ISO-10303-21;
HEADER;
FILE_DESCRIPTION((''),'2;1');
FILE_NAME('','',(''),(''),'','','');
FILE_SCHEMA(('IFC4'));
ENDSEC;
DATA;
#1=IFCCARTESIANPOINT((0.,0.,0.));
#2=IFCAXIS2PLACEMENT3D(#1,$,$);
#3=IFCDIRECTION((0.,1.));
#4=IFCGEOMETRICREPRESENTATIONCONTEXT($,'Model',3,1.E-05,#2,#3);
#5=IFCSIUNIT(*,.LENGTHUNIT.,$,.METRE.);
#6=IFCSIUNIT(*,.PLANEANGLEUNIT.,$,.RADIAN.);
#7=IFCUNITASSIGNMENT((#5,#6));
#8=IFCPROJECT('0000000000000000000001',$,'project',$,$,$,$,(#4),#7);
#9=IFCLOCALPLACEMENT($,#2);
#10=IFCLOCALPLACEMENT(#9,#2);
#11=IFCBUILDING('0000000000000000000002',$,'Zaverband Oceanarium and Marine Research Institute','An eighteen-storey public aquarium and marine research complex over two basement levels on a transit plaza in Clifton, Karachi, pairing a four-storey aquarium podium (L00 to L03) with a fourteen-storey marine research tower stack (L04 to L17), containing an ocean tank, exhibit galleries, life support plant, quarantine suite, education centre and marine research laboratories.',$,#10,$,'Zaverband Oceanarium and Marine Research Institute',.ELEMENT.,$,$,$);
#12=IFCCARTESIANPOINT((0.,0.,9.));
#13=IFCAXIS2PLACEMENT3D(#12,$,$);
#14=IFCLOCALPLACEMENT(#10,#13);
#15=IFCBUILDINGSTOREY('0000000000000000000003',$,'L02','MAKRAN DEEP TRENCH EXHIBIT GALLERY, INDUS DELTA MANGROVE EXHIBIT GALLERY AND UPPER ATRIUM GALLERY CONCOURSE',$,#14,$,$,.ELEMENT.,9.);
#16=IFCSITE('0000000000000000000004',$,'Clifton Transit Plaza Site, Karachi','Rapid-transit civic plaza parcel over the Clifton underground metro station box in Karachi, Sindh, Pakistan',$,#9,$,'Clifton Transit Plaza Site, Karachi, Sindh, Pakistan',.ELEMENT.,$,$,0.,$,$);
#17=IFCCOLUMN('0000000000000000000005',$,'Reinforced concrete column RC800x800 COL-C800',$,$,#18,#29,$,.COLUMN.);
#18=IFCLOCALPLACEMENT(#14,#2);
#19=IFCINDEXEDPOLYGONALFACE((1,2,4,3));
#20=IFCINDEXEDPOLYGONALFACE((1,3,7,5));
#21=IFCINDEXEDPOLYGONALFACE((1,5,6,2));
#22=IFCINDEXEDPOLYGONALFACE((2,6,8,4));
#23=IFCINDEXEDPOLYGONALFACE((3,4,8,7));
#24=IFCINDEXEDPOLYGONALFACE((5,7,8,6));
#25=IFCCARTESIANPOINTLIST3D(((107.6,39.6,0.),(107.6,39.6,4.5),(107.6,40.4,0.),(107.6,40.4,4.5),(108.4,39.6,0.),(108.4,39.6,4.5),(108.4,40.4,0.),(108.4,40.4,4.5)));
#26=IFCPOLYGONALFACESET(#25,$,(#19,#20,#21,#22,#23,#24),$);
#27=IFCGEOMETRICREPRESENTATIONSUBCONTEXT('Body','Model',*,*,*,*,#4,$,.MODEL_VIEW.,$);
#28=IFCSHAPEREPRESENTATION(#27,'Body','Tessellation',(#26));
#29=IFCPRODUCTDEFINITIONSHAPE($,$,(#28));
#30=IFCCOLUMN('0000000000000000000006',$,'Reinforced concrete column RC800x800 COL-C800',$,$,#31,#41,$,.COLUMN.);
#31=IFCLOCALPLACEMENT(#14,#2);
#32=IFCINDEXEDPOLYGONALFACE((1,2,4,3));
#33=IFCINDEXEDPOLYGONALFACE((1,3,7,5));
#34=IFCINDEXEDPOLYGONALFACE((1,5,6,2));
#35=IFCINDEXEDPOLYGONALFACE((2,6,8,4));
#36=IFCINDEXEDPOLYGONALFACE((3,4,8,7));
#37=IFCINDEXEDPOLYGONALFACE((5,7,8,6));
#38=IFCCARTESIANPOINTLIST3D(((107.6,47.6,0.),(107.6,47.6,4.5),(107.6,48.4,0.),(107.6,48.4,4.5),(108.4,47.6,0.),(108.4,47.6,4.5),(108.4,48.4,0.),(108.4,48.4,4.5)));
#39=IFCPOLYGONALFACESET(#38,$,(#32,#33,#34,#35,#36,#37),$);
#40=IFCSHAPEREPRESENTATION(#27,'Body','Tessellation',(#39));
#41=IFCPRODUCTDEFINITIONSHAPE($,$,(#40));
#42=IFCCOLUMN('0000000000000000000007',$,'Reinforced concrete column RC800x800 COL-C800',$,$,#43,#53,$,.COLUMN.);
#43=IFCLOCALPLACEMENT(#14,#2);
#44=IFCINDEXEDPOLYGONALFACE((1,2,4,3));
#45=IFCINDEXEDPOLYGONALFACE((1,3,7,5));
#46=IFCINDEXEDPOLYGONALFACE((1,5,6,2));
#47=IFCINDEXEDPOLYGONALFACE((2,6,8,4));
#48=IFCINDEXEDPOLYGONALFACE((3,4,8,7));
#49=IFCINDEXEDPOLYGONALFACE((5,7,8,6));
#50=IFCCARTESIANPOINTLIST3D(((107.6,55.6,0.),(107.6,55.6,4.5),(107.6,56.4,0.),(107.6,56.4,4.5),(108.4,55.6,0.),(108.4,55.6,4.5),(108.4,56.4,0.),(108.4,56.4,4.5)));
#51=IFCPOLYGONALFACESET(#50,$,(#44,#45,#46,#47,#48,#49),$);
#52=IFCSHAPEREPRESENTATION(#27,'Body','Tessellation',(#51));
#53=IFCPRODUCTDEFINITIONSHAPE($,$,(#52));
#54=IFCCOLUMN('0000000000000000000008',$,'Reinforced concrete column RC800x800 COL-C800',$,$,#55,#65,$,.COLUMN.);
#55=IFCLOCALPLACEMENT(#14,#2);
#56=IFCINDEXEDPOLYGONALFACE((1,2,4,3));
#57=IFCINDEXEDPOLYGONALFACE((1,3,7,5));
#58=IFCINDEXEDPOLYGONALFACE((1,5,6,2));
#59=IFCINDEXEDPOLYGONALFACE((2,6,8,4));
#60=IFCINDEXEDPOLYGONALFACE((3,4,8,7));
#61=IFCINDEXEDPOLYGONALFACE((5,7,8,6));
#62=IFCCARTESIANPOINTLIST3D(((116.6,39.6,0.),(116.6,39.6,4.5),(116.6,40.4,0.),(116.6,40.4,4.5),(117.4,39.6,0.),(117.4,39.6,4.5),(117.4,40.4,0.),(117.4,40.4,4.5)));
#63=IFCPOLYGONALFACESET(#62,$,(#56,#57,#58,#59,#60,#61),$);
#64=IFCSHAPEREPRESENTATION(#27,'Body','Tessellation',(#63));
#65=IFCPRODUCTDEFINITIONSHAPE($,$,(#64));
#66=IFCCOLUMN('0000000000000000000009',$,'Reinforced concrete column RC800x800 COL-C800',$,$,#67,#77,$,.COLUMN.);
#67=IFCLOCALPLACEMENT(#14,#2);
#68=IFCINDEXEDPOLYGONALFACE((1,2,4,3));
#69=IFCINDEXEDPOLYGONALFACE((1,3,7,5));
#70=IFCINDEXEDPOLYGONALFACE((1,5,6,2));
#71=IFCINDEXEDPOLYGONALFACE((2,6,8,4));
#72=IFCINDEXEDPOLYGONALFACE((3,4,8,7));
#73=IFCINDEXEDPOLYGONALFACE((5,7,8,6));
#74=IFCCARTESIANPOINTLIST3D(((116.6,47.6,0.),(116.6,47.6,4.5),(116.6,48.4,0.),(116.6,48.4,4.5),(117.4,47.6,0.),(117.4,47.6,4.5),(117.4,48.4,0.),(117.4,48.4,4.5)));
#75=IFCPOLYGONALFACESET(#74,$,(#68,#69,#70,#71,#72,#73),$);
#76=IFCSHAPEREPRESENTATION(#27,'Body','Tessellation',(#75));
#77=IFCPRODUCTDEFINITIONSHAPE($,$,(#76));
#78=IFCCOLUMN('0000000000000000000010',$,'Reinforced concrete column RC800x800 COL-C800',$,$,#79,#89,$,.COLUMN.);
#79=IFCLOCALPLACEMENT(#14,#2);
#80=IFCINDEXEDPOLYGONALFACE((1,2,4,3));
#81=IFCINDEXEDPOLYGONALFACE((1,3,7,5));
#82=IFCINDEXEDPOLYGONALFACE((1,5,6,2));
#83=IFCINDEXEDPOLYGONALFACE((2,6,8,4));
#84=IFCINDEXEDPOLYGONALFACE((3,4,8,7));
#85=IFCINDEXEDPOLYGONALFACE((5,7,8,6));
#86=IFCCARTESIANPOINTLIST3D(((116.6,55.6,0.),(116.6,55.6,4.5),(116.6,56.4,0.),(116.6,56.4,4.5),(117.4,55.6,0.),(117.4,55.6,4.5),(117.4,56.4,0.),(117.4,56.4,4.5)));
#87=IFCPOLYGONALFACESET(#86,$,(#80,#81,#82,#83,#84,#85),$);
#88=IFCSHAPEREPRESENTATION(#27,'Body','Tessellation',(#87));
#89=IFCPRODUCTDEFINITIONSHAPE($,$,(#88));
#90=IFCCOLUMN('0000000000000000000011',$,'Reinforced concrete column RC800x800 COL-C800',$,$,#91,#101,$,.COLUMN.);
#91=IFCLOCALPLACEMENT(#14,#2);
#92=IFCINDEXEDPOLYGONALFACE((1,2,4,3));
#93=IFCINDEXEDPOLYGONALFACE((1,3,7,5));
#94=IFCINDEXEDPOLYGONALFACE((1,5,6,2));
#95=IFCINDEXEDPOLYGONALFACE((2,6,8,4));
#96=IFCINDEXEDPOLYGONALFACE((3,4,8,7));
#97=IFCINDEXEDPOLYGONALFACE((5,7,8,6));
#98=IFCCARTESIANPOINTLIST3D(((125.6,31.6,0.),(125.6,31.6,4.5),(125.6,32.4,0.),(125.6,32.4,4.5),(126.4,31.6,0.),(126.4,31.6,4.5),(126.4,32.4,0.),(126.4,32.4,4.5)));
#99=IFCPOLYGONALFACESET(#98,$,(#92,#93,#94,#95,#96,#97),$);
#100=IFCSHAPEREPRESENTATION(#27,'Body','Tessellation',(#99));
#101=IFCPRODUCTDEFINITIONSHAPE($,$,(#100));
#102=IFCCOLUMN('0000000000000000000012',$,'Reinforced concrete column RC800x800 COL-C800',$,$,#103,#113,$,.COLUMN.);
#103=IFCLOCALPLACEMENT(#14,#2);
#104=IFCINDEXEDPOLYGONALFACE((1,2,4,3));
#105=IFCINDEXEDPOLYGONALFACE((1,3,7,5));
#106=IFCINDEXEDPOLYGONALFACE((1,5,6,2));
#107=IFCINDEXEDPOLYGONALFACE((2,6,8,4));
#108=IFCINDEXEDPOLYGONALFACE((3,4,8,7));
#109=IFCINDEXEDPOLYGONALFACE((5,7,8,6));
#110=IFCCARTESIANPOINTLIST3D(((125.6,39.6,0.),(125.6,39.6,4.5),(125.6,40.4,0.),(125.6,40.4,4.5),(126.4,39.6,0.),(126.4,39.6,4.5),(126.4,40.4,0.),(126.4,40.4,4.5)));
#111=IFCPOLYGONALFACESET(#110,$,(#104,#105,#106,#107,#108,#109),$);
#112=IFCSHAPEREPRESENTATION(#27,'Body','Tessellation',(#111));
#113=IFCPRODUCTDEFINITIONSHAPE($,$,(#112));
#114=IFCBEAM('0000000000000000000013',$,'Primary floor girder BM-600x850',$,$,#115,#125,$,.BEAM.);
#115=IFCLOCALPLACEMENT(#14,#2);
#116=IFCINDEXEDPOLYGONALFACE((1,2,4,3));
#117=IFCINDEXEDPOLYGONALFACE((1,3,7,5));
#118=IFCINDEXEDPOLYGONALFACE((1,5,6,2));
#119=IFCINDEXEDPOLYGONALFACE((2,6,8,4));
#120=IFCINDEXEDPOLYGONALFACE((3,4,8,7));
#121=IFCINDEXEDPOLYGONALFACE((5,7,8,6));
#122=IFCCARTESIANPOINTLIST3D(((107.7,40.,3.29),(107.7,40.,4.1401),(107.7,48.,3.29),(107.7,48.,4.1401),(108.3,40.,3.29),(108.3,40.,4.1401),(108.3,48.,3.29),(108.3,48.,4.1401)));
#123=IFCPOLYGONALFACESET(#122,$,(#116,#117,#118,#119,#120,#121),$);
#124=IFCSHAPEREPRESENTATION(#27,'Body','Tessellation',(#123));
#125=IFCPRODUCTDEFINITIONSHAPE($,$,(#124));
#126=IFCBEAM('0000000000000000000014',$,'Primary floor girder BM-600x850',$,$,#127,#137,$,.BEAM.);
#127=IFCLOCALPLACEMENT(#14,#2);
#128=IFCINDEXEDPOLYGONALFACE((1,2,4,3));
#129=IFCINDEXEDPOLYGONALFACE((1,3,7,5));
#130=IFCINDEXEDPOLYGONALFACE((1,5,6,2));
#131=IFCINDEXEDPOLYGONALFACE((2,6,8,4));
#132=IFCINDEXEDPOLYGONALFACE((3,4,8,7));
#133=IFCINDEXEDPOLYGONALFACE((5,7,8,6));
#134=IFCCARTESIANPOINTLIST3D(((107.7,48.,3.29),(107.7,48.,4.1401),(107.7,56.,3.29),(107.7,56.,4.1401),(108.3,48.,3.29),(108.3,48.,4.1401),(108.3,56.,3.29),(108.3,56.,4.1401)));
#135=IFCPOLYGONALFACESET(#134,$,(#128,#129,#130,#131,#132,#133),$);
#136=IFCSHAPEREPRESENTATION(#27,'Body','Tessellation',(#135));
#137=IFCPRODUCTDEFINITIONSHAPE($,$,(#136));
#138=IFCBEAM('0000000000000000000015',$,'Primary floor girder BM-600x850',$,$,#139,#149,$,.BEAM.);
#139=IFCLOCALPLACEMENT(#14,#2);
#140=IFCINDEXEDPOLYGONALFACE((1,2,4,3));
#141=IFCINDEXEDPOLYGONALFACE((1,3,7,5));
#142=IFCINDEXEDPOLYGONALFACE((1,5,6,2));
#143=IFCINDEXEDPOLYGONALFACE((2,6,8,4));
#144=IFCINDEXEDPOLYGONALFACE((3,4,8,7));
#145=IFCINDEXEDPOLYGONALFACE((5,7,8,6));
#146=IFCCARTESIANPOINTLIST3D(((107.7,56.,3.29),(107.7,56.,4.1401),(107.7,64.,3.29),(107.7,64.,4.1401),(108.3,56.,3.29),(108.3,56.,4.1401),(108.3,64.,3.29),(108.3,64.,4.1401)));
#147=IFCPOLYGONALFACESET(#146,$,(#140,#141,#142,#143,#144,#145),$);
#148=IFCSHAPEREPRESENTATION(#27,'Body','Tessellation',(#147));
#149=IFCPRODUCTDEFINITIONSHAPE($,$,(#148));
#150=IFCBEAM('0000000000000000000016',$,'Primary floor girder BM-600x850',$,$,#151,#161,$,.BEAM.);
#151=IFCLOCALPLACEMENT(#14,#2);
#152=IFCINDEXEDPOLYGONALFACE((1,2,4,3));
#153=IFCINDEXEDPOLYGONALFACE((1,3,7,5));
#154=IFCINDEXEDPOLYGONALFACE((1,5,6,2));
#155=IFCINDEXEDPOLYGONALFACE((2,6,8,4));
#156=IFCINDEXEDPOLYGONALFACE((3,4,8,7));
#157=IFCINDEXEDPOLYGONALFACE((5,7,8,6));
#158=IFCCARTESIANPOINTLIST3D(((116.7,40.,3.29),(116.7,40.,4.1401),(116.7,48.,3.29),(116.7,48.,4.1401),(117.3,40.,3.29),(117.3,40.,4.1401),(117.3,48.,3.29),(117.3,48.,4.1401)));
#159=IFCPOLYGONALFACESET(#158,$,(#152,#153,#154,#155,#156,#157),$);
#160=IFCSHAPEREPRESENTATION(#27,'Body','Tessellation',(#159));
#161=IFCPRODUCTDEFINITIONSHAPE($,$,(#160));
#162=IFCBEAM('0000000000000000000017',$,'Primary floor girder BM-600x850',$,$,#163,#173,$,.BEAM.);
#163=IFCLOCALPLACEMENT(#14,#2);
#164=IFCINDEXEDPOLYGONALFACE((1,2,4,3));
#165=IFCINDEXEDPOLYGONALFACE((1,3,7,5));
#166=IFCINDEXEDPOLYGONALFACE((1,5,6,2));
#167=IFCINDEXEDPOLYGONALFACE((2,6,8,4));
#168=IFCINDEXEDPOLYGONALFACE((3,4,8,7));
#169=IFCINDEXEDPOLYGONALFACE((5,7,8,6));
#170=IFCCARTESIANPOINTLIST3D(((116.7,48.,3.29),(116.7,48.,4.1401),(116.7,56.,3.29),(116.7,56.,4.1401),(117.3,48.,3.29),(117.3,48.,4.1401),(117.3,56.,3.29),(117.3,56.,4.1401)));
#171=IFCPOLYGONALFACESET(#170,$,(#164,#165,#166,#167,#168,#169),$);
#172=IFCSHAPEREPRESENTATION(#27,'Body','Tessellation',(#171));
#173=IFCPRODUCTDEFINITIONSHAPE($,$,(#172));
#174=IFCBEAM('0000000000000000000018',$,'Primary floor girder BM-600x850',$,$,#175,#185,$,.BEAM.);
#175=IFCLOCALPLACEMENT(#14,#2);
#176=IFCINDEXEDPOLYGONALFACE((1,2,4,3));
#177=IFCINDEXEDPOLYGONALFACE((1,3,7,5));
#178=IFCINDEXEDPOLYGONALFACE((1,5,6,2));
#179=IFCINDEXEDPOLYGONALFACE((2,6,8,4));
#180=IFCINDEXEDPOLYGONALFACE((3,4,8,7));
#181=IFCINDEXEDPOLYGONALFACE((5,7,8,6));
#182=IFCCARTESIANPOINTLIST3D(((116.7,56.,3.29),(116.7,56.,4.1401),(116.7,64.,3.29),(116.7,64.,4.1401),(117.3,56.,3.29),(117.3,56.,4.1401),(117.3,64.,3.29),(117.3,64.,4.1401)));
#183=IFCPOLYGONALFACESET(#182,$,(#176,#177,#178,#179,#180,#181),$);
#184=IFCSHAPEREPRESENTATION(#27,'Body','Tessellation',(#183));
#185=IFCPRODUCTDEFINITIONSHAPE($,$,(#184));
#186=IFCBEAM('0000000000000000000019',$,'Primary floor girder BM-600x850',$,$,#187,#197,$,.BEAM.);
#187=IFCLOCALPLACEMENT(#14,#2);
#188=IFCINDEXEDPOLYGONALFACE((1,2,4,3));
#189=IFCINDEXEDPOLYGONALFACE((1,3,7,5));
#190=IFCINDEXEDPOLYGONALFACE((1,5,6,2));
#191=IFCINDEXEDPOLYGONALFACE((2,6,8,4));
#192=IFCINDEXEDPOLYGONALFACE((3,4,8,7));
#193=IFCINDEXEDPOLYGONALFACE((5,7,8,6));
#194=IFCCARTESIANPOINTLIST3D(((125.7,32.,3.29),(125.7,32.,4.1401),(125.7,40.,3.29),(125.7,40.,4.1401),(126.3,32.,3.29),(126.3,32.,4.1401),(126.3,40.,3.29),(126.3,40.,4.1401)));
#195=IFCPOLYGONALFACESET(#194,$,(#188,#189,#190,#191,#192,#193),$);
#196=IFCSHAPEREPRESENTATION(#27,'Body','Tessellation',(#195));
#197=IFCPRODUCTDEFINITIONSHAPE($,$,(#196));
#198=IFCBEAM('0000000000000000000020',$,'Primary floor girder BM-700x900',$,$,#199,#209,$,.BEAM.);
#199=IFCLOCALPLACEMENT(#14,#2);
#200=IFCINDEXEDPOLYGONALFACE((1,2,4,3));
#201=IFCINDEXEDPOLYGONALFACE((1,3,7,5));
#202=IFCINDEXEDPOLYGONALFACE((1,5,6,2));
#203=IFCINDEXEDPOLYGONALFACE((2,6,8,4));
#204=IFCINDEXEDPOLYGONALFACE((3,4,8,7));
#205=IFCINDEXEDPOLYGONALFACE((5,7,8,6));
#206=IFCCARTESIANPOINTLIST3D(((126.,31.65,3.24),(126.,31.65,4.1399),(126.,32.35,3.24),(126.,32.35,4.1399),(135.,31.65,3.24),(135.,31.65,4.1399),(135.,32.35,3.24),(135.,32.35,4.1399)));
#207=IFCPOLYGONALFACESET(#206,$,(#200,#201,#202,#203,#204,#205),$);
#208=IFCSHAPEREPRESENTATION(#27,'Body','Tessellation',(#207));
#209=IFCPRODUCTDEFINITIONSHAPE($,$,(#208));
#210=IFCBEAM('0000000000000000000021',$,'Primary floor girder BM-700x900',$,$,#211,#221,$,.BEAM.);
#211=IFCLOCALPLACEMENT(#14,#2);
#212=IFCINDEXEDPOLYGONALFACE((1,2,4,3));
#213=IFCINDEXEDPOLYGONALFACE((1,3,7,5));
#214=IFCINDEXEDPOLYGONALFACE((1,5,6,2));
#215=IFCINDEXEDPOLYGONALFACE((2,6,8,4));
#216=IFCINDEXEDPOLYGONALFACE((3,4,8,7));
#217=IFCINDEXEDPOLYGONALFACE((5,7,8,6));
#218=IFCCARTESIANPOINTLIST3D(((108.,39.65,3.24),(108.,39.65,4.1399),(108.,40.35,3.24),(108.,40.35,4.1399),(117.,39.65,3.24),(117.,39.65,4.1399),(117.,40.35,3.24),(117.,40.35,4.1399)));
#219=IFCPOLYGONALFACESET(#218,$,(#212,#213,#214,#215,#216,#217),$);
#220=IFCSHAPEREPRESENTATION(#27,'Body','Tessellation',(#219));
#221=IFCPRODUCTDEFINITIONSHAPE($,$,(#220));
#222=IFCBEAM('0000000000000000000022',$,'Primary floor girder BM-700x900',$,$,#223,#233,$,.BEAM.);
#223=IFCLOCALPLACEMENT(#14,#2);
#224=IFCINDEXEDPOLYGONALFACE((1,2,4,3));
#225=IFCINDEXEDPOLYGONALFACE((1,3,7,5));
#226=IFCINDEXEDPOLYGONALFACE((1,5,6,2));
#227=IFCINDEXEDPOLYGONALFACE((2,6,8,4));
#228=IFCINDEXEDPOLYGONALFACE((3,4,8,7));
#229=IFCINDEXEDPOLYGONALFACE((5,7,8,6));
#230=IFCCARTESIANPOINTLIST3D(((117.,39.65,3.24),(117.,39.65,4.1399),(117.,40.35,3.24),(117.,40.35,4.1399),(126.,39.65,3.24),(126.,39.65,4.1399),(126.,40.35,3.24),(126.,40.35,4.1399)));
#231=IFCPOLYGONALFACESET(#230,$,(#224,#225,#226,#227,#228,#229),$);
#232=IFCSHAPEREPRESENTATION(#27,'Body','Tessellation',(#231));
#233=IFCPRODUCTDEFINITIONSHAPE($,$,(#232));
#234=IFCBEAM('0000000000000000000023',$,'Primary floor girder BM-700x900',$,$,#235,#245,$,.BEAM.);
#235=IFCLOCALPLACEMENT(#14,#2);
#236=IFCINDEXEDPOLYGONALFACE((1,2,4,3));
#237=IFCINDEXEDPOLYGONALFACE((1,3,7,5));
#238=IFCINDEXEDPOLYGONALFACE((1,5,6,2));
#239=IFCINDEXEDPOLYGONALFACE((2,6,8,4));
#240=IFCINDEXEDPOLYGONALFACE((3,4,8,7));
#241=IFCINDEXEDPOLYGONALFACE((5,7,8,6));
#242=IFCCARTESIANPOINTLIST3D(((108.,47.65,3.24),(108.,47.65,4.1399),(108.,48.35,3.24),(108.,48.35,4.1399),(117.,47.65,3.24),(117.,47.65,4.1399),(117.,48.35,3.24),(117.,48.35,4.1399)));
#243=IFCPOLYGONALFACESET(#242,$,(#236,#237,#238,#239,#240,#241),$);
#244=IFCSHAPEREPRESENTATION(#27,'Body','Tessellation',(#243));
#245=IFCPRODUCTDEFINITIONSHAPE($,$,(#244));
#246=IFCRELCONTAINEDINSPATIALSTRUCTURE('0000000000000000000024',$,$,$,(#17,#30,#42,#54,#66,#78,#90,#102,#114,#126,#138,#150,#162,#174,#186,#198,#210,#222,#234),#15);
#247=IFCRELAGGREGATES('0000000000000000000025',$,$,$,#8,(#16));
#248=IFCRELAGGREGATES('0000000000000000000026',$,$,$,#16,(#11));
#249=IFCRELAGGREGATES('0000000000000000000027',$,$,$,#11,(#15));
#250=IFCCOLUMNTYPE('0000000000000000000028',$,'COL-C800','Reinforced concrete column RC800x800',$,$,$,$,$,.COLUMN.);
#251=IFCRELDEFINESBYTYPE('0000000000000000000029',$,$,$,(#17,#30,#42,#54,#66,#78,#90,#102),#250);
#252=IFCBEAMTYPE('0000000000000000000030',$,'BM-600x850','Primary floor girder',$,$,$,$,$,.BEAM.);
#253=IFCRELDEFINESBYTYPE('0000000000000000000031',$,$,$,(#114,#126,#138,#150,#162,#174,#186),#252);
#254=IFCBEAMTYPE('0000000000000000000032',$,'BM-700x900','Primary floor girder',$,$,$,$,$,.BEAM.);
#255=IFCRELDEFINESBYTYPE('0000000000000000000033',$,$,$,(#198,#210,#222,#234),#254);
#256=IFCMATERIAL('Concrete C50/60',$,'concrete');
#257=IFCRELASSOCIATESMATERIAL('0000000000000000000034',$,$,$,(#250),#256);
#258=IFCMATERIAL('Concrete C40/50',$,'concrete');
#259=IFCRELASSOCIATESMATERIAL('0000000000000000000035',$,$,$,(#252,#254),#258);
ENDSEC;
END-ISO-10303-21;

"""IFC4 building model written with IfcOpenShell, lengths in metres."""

from ifc_helpers import new_model, si_unit, direction, frame, origin, origin_2d, place, context, subcontext, project, spatial, rectangle, extrude, material, material_profile, profile_set, type_object, element, save


model = new_model("IFC4")

# Units and contexts
model_context = context("Model", 3, precision=1e-05, world=origin(), true_north=direction((0.0, 1.0)))
body_context = subcontext(model_context, "Body", "Model", "MODEL_VIEW")
ifc_project = project(units=[si_unit("LENGTHUNIT", "METRE"), si_unit("PLANEANGLEUNIT", "RADIAN")], contexts=[model_context])

# Site, building, storey
site_placement = place(None, origin())
site = spatial("IfcSite", under=ifc_project, at=site_placement, Name="Clifton Transit Plaza Site, Karachi", Description="Rapid-transit civic plaza parcel over the Clifton underground metro station box in Karachi, Sindh, Pakistan", LongName="Clifton Transit Plaza Site, Karachi, Sindh, Pakistan", CompositionType="ELEMENT", RefElevation=0.0)
building_placement = place(site_placement, origin())
building = spatial("IfcBuilding", under=site, at=building_placement, Name="Zaverband Oceanarium and Marine Research Institute", Description="An eighteen-storey public aquarium and marine research complex over two basement levels on a transit plaza in Clifton, Karachi, pairing a four-storey aquarium podium (L00 to L03) with a fourteen-storey marine research tower stack (L04 to L17), containing an ocean tank, exhibit galleries, life support plant, quarantine suite, education centre and marine research laboratories.", LongName="Zaverband Oceanarium and Marine Research Institute", CompositionType="ELEMENT")
storey_placement = place(building_placement, frame((0.0, 0.0, 9.0)))
storey = spatial("IfcBuildingStorey", under=building, at=storey_placement, Name="L02", Description="MAKRAN DEEP TRENCH EXHIBIT GALLERY, INDUS DELTA MANGROVE EXHIBIT GALLERY AND UPPER ATRIUM GALLERY CONCOURSE", CompositionType="ELEMENT", Elevation=9.0)

# Columns
ifc_material_1 = material(Name="Concrete C50/60", Category="concrete")
ifc_material_profile_1 = material_profile(ifc_material_1, rectangle(XDim=0.8, YDim=0.8, at=origin_2d()), Name="RC800x800")
ifc_profile_set_1 = profile_set([ifc_material_profile_1], Name="Concrete C50/60")
column_type = type_object("IfcColumnType", Name="COL-C800", Description="Reinforced concrete column RC800x800", PredefinedType="COLUMN", material=ifc_profile_set_1)
for number, where, z_axis, x_axis, name in (
    (1, (108.0, 40.0, 0.0), (0.0, 0.0, 1.0), (1.0, 0.0, 0.0), "Reinforced concrete column RC800x800 COL-C800"),
    (2, (108.0, 48.0, 0.0), (0.0, 0.0, 1.0), (1.0, 0.0, 0.0), "Reinforced concrete column RC800x800 COL-C800"),
    (3, (108.0, 56.0, 0.0), (0.0, 0.0, 1.0), (1.0, 0.0, 0.0), "Reinforced concrete column RC800x800 COL-C800"),
    (4, (117.0, 40.0, 0.0), (0.0, 0.0, 1.0), (1.0, 0.0, 0.0), "Reinforced concrete column RC800x800 COL-C800"),
    (5, (117.0, 48.0, 0.0), (0.0, 0.0, 1.0), (1.0, 0.0, 0.0), "Reinforced concrete column RC800x800 COL-C800"),
    (6, (117.0, 56.0, 0.0), (0.0, 0.0, 1.0), (1.0, 0.0, 0.0), "Reinforced concrete column RC800x800 COL-C800"),
    (7, (126.0, 32.0, 0.0), (0.0, 0.0, 1.0), (1.0, 0.0, 0.0), "Reinforced concrete column RC800x800 COL-C800"),
    (8, (126.0, 40.0, 0.0), (0.0, 0.0, 1.0), (1.0, 0.0, 0.0), "Reinforced concrete column RC800x800 COL-C800"),
):
    element("IfcColumn", number, at=place(storey_placement, frame(where, z_axis=z_axis, x_axis=x_axis)), inside=storey, type_object=column_type, Name=name, PredefinedType="COLUMN", context=body_context, shape_type="SweptSolid", body=[
        extrude(rectangle(XDim=0.8, YDim=0.8, at=origin_2d()), origin(), (0.0, 0.0, 1.0), 4.5),
    ])

# Beams
ifc_material_2 = material(Name="Concrete C40/50", Category="concrete")
ifc_material_profile_2 = material_profile(ifc_material_2, rectangle(XDim=0.6001, YDim=0.8501, at=origin_2d()), Name="RC600x850")
ifc_profile_set_2 = profile_set([ifc_material_profile_2], Name="Concrete C40/50")
beam_type_1 = type_object("IfcBeamType", Name="BM-600x850", Description="Primary floor girder", PredefinedType="BEAM", material=ifc_profile_set_2)
for number, where, z_axis, x_axis, name in (
    (9, (108.0, 40.0, 3.7151), (0.0, 1.0, 0.0), (-1.0, 0.0, 0.0), "Primary floor girder BM-600x850"),
    (10, (108.0, 48.0, 3.7151), (0.0, 1.0, 0.0), (-1.0, 0.0, 0.0), "Primary floor girder BM-600x850"),
    (11, (108.0, 56.0, 3.7151), (0.0, 1.0, 0.0), (-1.0, 0.0, 0.0), "Primary floor girder BM-600x850"),
    (12, (117.0, 40.0, 3.7151), (0.0, 1.0, 0.0), (-1.0, 0.0, 0.0), "Primary floor girder BM-600x850"),
    (13, (117.0, 48.0, 3.7151), (0.0, 1.0, 0.0), (-1.0, 0.0, 0.0), "Primary floor girder BM-600x850"),
    (14, (117.0, 56.0, 3.7151), (0.0, 1.0, 0.0), (-1.0, 0.0, 0.0), "Primary floor girder BM-600x850"),
    (15, (126.0, 32.0, 3.7151), (0.0, 1.0, 0.0), (-1.0, 0.0, 0.0), "Primary floor girder BM-600x850"),
):
    element("IfcBeam", number, at=place(storey_placement, frame(where, z_axis=z_axis, x_axis=x_axis)), inside=storey, type_object=beam_type_1, Name=name, PredefinedType="BEAM", context=body_context, shape_type="SweptSolid", body=[
        extrude(rectangle(XDim=0.6001, YDim=0.8501, at=origin_2d()), origin(), (0.0, 0.0, 1.0), 8.0),
    ])
ifc_material_profile_3 = material_profile(ifc_material_2, rectangle(XDim=0.7, YDim=0.8999, at=origin_2d()), Name="RC700x900")
ifc_profile_set_3 = profile_set([ifc_material_profile_3], Name="Concrete C40/50")
beam_type_2 = type_object("IfcBeamType", Name="BM-700x900", Description="Primary floor girder", PredefinedType="BEAM", material=ifc_profile_set_3)
for number, where, z_axis, x_axis, name in (
    (16, (126.0, 32.0, 3.6899), (1.0, 0.0, 0.0), (0.0, 1.0, 0.0), "Primary floor girder BM-700x900"),
    (17, (108.0, 40.0, 3.6899), (1.0, 0.0, 0.0), (0.0, 1.0, 0.0), "Primary floor girder BM-700x900"),
    (18, (117.0, 40.0, 3.6899), (1.0, 0.0, 0.0), (0.0, 1.0, 0.0), "Primary floor girder BM-700x900"),
    (19, (108.0, 48.0, 3.6899), (1.0, 0.0, 0.0), (0.0, 1.0, 0.0), "Primary floor girder BM-700x900"),
):
    element("IfcBeam", number, at=place(storey_placement, frame(where, z_axis=z_axis, x_axis=x_axis)), inside=storey, type_object=beam_type_2, Name=name, PredefinedType="BEAM", context=body_context, shape_type="SweptSolid", body=[
        extrude(rectangle(XDim=0.7, YDim=0.8999, at=origin_2d()), origin(), (0.0, 0.0, 1.0), 9.0),
    ])

save(model, "model.ifc")
